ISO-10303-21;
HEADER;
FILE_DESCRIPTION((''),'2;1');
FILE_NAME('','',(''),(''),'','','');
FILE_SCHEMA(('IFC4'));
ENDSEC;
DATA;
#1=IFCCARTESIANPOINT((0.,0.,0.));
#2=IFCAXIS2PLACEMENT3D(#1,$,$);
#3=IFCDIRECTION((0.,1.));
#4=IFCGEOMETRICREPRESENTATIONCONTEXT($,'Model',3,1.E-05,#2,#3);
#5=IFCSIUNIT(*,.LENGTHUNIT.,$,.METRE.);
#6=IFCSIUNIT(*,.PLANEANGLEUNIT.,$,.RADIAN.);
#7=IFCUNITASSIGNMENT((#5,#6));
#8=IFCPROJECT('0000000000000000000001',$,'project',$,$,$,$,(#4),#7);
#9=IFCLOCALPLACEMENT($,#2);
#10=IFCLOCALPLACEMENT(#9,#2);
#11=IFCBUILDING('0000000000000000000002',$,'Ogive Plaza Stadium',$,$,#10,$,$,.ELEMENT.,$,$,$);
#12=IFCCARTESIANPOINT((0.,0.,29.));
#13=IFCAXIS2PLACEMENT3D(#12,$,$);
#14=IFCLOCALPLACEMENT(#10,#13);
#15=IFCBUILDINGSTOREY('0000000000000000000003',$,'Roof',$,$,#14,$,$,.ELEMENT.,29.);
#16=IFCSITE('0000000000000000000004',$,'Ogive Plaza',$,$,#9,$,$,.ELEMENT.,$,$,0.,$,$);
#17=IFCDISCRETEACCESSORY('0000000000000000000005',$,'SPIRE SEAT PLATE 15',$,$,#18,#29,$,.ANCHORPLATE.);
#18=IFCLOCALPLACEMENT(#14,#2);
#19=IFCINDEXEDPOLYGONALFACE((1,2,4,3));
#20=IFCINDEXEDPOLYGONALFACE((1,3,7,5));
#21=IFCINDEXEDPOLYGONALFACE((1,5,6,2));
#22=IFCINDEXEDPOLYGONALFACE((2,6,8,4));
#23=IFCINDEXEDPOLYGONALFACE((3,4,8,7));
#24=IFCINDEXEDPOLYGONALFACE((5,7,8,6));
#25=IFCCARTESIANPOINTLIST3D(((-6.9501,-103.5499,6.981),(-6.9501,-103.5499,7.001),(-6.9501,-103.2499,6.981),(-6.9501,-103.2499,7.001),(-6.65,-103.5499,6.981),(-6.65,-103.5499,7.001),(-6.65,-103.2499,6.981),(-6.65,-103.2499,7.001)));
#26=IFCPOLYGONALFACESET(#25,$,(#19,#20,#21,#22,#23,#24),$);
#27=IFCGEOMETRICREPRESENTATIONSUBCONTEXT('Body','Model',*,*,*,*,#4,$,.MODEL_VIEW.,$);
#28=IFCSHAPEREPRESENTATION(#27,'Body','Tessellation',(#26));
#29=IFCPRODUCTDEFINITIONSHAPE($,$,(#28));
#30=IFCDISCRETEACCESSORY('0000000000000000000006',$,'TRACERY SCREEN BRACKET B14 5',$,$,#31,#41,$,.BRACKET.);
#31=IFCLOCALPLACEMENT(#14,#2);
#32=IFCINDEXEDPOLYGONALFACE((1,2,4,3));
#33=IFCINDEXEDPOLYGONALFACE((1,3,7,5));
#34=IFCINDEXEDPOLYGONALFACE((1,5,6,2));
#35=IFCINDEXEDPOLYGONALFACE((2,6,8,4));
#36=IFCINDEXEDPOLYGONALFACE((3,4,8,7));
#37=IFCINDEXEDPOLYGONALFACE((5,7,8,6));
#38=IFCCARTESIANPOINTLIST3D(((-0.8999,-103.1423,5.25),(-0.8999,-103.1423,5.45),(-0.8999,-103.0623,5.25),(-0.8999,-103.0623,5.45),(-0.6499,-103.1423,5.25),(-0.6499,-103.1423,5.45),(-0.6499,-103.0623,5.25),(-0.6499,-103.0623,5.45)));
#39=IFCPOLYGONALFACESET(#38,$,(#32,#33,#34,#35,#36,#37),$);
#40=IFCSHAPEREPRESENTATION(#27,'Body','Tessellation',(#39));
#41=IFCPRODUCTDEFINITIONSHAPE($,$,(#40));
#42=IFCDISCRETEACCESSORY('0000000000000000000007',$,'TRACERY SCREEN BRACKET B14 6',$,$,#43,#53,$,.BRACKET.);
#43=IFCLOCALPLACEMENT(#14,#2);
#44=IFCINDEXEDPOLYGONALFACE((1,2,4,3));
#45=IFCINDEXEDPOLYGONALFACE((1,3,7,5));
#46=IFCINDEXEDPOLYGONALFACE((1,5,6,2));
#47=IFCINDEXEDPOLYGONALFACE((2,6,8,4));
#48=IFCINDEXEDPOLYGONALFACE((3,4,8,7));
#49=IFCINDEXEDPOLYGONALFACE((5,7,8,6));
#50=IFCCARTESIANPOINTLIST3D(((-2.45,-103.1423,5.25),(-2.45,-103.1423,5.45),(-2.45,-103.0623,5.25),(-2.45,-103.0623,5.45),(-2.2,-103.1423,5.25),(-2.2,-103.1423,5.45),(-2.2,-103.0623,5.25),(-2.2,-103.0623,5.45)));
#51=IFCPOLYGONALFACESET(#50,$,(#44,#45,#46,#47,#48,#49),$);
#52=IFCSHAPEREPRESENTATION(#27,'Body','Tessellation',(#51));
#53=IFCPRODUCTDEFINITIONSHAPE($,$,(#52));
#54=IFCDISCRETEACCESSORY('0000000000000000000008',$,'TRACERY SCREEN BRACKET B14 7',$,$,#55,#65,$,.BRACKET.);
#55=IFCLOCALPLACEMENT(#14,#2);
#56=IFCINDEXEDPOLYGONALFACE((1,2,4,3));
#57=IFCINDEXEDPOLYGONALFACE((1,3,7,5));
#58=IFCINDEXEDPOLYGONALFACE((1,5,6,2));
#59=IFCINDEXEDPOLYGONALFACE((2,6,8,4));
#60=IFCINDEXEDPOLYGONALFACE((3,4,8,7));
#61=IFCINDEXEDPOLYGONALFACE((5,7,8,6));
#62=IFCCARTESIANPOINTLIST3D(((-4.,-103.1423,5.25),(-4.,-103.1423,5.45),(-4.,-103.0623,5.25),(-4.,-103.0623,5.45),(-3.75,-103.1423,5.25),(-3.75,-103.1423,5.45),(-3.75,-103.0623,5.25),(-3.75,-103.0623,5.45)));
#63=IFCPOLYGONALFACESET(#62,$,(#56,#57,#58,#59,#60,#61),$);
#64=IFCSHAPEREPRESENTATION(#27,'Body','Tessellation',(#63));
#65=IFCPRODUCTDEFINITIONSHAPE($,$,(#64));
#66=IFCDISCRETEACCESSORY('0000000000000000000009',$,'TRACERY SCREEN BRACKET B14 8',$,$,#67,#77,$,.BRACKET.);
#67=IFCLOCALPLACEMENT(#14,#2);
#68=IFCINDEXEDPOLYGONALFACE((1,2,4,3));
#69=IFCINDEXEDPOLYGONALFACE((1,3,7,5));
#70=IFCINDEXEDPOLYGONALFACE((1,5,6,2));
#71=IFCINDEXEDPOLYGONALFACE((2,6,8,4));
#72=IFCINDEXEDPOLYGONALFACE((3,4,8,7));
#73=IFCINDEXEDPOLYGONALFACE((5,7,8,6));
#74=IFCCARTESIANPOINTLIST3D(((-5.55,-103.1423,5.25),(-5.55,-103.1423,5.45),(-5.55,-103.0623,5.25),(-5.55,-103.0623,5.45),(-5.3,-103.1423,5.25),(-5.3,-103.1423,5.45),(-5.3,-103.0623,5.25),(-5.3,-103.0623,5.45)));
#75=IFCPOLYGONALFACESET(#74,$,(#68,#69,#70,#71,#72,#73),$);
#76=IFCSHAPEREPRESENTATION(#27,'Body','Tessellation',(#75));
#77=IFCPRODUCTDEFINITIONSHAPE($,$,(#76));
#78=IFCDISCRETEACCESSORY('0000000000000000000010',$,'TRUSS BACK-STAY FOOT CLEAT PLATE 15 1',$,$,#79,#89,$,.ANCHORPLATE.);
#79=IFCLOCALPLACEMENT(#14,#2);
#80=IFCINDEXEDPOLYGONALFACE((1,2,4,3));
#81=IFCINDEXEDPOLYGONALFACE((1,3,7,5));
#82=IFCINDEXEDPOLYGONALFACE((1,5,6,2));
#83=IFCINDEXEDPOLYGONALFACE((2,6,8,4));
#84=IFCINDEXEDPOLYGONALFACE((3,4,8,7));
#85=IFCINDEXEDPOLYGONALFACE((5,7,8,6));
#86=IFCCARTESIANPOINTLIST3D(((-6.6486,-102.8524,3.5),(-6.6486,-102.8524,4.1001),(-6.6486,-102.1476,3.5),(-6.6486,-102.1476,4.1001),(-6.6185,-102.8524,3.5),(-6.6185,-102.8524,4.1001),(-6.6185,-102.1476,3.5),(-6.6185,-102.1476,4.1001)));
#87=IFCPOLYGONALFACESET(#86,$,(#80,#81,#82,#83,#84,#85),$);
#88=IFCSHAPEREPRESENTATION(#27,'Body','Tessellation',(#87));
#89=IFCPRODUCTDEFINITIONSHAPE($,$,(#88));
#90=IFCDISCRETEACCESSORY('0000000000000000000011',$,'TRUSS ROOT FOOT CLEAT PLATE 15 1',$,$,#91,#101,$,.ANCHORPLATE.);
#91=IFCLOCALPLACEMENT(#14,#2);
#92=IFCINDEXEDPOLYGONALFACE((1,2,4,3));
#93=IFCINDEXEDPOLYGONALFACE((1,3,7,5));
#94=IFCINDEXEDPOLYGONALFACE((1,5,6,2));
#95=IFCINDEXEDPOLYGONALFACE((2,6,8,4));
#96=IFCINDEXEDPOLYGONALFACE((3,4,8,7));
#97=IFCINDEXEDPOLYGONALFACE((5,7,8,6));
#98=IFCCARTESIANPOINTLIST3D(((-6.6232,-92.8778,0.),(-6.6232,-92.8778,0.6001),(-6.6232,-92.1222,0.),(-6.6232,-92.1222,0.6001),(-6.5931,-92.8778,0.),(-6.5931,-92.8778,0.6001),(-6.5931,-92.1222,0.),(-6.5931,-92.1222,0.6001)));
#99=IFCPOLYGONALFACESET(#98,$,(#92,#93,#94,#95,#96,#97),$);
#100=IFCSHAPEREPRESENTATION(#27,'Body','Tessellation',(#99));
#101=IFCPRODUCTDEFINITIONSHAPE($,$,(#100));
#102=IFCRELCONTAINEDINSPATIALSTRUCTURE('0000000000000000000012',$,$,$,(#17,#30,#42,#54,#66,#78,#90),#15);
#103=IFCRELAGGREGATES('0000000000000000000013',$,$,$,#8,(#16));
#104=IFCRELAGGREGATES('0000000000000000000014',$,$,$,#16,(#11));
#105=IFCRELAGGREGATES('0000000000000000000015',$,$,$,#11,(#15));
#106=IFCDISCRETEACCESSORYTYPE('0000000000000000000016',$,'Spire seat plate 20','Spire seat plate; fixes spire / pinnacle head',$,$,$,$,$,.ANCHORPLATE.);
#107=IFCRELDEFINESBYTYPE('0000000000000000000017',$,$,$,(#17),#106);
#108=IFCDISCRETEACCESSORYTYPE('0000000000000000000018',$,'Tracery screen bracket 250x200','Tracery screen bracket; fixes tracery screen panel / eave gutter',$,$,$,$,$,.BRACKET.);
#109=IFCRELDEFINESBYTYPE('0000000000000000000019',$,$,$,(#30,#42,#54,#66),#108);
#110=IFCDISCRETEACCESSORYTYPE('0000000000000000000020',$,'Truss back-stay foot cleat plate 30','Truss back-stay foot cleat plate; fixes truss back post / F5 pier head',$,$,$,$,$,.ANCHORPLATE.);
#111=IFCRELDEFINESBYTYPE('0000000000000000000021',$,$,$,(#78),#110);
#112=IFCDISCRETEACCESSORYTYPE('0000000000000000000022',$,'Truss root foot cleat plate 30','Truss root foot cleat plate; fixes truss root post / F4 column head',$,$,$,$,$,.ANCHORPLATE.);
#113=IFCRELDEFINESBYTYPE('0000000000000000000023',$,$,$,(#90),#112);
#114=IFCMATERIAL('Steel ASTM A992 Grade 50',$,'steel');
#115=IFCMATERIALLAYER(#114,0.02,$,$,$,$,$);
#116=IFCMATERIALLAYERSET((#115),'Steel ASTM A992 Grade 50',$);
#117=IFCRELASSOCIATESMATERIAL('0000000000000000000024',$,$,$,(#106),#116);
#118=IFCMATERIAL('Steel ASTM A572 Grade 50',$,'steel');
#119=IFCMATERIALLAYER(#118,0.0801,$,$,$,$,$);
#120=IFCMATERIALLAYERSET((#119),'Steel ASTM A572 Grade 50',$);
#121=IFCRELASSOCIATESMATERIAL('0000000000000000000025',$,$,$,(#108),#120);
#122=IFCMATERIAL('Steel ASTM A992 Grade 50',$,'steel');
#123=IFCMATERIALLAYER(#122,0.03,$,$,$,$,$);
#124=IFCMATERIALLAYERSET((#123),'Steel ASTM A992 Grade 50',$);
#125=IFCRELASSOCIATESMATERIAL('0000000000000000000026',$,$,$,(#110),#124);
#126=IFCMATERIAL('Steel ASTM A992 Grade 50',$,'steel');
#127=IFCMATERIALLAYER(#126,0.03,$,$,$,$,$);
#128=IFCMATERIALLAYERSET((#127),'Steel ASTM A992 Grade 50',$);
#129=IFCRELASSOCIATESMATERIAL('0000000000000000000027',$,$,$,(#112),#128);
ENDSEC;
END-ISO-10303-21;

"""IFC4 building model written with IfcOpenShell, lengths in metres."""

from ifc_helpers import new_model, si_unit, direction, frame, origin, origin_2d, place, context, subcontext, project, spatial, rectangle, extrude, material, layer, layer_set, type_object, element, save


model = new_model("IFC4")

# Units and contexts
model_context = context("Model", 3, precision=1e-05, world=origin(), true_north=direction((0.0, 1.0)))
body_context = subcontext(model_context, "Body", "Model", "MODEL_VIEW")
ifc_project = project(units=[si_unit("LENGTHUNIT", "METRE"), si_unit("PLANEANGLEUNIT", "RADIAN")], contexts=[model_context])

# Site, building, storey
site_placement = place(None, origin())
site = spatial("IfcSite", under=ifc_project, at=site_placement, Name="Ogive Plaza", CompositionType="ELEMENT", RefElevation=0.0)
building_placement = place(site_placement, origin())
building = spatial("IfcBuilding", under=site, at=building_placement, Name="Ogive Plaza Stadium", CompositionType="ELEMENT")
storey_placement = place(building_placement, frame((0.0, 0.0, 29.0)))
storey = spatial("IfcBuildingStorey", under=building, at=storey_placement, Name="Roof", CompositionType="ELEMENT", Elevation=29.0)

# Discrete accessories
ifc_material_1 = material(Name="Steel ASTM A992 Grade 50", Category="steel")
ifc_layer_1 = layer(ifc_material_1, 0.02)
ifc_layer_set_1 = layer_set([ifc_layer_1], Name="Steel ASTM A992 Grade 50")
discrete_accessory_type_1 = type_object("IfcDiscreteAccessoryType", Name="Spire seat plate 20", Description="Spire seat plate; fixes spire / pinnacle head", PredefinedType="ANCHORPLATE", material=ifc_layer_set_1)
discrete_accessory_1_placement = place(storey_placement, frame((-6.8, -103.3999, 6.981), z_axis=(0.0, 0.0, 1.0), x_axis=(0.0, -1.0, 0.0)))
element("IfcDiscreteAccessory", 1, at=discrete_accessory_1_placement, inside=storey, type_object=discrete_accessory_type_1, Name="SPIRE SEAT PLATE 15", PredefinedType="ANCHORPLATE", context=body_context, shape_type="SweptSolid", body=[
    extrude(rectangle(XDim=0.3, YDim=0.3, at=origin_2d()), origin(), (0.0, 0.0, 1.0), 0.02),
])
ifc_material_2 = material(Name="Steel ASTM A572 Grade 50", Category="steel")
ifc_layer_2 = layer(ifc_material_2, 0.0801)
ifc_layer_set_2 = layer_set([ifc_layer_2], Name="Steel ASTM A572 Grade 50")
discrete_accessory_type_2 = type_object("IfcDiscreteAccessoryType", Name="Tracery screen bracket 250x200", Description="Tracery screen bracket; fixes tracery screen panel / eave gutter", PredefinedType="BRACKET", material=ifc_layer_set_2)
for number, where, z_axis, x_axis, name in (
    (2, (-0.7749, -103.1023, 5.25), (0.0, 0.0, 1.0), (-1.0, 0.0, 0.0), "TRACERY SCREEN BRACKET B14 5"),
    (3, (-2.325, -103.1023, 5.25), (0.0, 0.0, 1.0), (-1.0, 0.0, 0.0), "TRACERY SCREEN BRACKET B14 6"),
    (4, (-3.875, -103.1023, 5.25), (0.0, 0.0, 1.0), (-1.0, 0.0, 0.0), "TRACERY SCREEN BRACKET B14 7"),
    (5, (-5.425, -103.1023, 5.25), (0.0, 0.0, 1.0), (-1.0, 0.0, 0.0), "TRACERY SCREEN BRACKET B14 8"),
):
    element("IfcDiscreteAccessory", number, at=place(storey_placement, frame(where, z_axis=z_axis, x_axis=x_axis)), inside=storey, type_object=discrete_accessory_type_2, Name=name, PredefinedType="BRACKET", context=body_context, shape_type="SweptSolid", body=[
        extrude(rectangle(XDim=0.25, YDim=0.0801, at=origin_2d()), origin(), (0.0, 0.0, 1.0), 0.2),
    ])
ifc_material_3 = material(Name="Steel ASTM A992 Grade 50", Category="steel")
ifc_layer_3 = layer(ifc_material_3, 0.03)
ifc_layer_set_3 = layer_set([ifc_layer_3], Name="Steel ASTM A992 Grade 50")
discrete_accessory_type_3 = type_object("IfcDiscreteAccessoryType", Name="Truss back-stay foot cleat plate 30", Description="Truss back-stay foot cleat plate; fixes truss back post / F5 pier head", PredefinedType="ANCHORPLATE", material=ifc_layer_set_3)
discrete_accessory_2_placement = place(storey_placement, frame((-6.6335, -102.5, 3.5), z_axis=(0.0, 0.0, 1.0), x_axis=(0.0, -1.0, 0.0)))
element("IfcDiscreteAccessory", 6, at=discrete_accessory_2_placement, inside=storey, type_object=discrete_accessory_type_3, Name="TRUSS BACK-STAY FOOT CLEAT PLATE 15 1", PredefinedType="ANCHORPLATE", context=body_context, shape_type="SweptSolid", body=[
    extrude(rectangle(XDim=0.7048, YDim=0.03, at=origin_2d()), origin(), (0.0, 0.0, 1.0), 0.6001),
])
ifc_material_4 = material(Name="Steel ASTM A992 Grade 50", Category="steel")
ifc_layer_4 = layer(ifc_material_4, 0.03)
ifc_layer_set_4 = layer_set([ifc_layer_4], Name="Steel ASTM A992 Grade 50")
discrete_accessory_type_4 = type_object("IfcDiscreteAccessoryType", Name="Truss root foot cleat plate 30", Description="Truss root foot cleat plate; fixes truss root post / F4 column head", PredefinedType="ANCHORPLATE", material=ifc_layer_set_4)
discrete_accessory_3_placement = place(storey_placement, frame((-6.6082, -92.5, 0.0), z_axis=(0.0, 0.0, 1.0), x_axis=(0.0, -1.0, 0.0)))
element("IfcDiscreteAccessory", 7, at=discrete_accessory_3_placement, inside=storey, type_object=discrete_accessory_type_4, Name="TRUSS ROOT FOOT CLEAT PLATE 15 1", PredefinedType="ANCHORPLATE", context=body_context, shape_type="SweptSolid", body=[
    extrude(rectangle(XDim=0.7556, YDim=0.03, at=origin_2d()), origin(), (0.0, 0.0, 1.0), 0.6001),
])

save(model, "model.ifc")
